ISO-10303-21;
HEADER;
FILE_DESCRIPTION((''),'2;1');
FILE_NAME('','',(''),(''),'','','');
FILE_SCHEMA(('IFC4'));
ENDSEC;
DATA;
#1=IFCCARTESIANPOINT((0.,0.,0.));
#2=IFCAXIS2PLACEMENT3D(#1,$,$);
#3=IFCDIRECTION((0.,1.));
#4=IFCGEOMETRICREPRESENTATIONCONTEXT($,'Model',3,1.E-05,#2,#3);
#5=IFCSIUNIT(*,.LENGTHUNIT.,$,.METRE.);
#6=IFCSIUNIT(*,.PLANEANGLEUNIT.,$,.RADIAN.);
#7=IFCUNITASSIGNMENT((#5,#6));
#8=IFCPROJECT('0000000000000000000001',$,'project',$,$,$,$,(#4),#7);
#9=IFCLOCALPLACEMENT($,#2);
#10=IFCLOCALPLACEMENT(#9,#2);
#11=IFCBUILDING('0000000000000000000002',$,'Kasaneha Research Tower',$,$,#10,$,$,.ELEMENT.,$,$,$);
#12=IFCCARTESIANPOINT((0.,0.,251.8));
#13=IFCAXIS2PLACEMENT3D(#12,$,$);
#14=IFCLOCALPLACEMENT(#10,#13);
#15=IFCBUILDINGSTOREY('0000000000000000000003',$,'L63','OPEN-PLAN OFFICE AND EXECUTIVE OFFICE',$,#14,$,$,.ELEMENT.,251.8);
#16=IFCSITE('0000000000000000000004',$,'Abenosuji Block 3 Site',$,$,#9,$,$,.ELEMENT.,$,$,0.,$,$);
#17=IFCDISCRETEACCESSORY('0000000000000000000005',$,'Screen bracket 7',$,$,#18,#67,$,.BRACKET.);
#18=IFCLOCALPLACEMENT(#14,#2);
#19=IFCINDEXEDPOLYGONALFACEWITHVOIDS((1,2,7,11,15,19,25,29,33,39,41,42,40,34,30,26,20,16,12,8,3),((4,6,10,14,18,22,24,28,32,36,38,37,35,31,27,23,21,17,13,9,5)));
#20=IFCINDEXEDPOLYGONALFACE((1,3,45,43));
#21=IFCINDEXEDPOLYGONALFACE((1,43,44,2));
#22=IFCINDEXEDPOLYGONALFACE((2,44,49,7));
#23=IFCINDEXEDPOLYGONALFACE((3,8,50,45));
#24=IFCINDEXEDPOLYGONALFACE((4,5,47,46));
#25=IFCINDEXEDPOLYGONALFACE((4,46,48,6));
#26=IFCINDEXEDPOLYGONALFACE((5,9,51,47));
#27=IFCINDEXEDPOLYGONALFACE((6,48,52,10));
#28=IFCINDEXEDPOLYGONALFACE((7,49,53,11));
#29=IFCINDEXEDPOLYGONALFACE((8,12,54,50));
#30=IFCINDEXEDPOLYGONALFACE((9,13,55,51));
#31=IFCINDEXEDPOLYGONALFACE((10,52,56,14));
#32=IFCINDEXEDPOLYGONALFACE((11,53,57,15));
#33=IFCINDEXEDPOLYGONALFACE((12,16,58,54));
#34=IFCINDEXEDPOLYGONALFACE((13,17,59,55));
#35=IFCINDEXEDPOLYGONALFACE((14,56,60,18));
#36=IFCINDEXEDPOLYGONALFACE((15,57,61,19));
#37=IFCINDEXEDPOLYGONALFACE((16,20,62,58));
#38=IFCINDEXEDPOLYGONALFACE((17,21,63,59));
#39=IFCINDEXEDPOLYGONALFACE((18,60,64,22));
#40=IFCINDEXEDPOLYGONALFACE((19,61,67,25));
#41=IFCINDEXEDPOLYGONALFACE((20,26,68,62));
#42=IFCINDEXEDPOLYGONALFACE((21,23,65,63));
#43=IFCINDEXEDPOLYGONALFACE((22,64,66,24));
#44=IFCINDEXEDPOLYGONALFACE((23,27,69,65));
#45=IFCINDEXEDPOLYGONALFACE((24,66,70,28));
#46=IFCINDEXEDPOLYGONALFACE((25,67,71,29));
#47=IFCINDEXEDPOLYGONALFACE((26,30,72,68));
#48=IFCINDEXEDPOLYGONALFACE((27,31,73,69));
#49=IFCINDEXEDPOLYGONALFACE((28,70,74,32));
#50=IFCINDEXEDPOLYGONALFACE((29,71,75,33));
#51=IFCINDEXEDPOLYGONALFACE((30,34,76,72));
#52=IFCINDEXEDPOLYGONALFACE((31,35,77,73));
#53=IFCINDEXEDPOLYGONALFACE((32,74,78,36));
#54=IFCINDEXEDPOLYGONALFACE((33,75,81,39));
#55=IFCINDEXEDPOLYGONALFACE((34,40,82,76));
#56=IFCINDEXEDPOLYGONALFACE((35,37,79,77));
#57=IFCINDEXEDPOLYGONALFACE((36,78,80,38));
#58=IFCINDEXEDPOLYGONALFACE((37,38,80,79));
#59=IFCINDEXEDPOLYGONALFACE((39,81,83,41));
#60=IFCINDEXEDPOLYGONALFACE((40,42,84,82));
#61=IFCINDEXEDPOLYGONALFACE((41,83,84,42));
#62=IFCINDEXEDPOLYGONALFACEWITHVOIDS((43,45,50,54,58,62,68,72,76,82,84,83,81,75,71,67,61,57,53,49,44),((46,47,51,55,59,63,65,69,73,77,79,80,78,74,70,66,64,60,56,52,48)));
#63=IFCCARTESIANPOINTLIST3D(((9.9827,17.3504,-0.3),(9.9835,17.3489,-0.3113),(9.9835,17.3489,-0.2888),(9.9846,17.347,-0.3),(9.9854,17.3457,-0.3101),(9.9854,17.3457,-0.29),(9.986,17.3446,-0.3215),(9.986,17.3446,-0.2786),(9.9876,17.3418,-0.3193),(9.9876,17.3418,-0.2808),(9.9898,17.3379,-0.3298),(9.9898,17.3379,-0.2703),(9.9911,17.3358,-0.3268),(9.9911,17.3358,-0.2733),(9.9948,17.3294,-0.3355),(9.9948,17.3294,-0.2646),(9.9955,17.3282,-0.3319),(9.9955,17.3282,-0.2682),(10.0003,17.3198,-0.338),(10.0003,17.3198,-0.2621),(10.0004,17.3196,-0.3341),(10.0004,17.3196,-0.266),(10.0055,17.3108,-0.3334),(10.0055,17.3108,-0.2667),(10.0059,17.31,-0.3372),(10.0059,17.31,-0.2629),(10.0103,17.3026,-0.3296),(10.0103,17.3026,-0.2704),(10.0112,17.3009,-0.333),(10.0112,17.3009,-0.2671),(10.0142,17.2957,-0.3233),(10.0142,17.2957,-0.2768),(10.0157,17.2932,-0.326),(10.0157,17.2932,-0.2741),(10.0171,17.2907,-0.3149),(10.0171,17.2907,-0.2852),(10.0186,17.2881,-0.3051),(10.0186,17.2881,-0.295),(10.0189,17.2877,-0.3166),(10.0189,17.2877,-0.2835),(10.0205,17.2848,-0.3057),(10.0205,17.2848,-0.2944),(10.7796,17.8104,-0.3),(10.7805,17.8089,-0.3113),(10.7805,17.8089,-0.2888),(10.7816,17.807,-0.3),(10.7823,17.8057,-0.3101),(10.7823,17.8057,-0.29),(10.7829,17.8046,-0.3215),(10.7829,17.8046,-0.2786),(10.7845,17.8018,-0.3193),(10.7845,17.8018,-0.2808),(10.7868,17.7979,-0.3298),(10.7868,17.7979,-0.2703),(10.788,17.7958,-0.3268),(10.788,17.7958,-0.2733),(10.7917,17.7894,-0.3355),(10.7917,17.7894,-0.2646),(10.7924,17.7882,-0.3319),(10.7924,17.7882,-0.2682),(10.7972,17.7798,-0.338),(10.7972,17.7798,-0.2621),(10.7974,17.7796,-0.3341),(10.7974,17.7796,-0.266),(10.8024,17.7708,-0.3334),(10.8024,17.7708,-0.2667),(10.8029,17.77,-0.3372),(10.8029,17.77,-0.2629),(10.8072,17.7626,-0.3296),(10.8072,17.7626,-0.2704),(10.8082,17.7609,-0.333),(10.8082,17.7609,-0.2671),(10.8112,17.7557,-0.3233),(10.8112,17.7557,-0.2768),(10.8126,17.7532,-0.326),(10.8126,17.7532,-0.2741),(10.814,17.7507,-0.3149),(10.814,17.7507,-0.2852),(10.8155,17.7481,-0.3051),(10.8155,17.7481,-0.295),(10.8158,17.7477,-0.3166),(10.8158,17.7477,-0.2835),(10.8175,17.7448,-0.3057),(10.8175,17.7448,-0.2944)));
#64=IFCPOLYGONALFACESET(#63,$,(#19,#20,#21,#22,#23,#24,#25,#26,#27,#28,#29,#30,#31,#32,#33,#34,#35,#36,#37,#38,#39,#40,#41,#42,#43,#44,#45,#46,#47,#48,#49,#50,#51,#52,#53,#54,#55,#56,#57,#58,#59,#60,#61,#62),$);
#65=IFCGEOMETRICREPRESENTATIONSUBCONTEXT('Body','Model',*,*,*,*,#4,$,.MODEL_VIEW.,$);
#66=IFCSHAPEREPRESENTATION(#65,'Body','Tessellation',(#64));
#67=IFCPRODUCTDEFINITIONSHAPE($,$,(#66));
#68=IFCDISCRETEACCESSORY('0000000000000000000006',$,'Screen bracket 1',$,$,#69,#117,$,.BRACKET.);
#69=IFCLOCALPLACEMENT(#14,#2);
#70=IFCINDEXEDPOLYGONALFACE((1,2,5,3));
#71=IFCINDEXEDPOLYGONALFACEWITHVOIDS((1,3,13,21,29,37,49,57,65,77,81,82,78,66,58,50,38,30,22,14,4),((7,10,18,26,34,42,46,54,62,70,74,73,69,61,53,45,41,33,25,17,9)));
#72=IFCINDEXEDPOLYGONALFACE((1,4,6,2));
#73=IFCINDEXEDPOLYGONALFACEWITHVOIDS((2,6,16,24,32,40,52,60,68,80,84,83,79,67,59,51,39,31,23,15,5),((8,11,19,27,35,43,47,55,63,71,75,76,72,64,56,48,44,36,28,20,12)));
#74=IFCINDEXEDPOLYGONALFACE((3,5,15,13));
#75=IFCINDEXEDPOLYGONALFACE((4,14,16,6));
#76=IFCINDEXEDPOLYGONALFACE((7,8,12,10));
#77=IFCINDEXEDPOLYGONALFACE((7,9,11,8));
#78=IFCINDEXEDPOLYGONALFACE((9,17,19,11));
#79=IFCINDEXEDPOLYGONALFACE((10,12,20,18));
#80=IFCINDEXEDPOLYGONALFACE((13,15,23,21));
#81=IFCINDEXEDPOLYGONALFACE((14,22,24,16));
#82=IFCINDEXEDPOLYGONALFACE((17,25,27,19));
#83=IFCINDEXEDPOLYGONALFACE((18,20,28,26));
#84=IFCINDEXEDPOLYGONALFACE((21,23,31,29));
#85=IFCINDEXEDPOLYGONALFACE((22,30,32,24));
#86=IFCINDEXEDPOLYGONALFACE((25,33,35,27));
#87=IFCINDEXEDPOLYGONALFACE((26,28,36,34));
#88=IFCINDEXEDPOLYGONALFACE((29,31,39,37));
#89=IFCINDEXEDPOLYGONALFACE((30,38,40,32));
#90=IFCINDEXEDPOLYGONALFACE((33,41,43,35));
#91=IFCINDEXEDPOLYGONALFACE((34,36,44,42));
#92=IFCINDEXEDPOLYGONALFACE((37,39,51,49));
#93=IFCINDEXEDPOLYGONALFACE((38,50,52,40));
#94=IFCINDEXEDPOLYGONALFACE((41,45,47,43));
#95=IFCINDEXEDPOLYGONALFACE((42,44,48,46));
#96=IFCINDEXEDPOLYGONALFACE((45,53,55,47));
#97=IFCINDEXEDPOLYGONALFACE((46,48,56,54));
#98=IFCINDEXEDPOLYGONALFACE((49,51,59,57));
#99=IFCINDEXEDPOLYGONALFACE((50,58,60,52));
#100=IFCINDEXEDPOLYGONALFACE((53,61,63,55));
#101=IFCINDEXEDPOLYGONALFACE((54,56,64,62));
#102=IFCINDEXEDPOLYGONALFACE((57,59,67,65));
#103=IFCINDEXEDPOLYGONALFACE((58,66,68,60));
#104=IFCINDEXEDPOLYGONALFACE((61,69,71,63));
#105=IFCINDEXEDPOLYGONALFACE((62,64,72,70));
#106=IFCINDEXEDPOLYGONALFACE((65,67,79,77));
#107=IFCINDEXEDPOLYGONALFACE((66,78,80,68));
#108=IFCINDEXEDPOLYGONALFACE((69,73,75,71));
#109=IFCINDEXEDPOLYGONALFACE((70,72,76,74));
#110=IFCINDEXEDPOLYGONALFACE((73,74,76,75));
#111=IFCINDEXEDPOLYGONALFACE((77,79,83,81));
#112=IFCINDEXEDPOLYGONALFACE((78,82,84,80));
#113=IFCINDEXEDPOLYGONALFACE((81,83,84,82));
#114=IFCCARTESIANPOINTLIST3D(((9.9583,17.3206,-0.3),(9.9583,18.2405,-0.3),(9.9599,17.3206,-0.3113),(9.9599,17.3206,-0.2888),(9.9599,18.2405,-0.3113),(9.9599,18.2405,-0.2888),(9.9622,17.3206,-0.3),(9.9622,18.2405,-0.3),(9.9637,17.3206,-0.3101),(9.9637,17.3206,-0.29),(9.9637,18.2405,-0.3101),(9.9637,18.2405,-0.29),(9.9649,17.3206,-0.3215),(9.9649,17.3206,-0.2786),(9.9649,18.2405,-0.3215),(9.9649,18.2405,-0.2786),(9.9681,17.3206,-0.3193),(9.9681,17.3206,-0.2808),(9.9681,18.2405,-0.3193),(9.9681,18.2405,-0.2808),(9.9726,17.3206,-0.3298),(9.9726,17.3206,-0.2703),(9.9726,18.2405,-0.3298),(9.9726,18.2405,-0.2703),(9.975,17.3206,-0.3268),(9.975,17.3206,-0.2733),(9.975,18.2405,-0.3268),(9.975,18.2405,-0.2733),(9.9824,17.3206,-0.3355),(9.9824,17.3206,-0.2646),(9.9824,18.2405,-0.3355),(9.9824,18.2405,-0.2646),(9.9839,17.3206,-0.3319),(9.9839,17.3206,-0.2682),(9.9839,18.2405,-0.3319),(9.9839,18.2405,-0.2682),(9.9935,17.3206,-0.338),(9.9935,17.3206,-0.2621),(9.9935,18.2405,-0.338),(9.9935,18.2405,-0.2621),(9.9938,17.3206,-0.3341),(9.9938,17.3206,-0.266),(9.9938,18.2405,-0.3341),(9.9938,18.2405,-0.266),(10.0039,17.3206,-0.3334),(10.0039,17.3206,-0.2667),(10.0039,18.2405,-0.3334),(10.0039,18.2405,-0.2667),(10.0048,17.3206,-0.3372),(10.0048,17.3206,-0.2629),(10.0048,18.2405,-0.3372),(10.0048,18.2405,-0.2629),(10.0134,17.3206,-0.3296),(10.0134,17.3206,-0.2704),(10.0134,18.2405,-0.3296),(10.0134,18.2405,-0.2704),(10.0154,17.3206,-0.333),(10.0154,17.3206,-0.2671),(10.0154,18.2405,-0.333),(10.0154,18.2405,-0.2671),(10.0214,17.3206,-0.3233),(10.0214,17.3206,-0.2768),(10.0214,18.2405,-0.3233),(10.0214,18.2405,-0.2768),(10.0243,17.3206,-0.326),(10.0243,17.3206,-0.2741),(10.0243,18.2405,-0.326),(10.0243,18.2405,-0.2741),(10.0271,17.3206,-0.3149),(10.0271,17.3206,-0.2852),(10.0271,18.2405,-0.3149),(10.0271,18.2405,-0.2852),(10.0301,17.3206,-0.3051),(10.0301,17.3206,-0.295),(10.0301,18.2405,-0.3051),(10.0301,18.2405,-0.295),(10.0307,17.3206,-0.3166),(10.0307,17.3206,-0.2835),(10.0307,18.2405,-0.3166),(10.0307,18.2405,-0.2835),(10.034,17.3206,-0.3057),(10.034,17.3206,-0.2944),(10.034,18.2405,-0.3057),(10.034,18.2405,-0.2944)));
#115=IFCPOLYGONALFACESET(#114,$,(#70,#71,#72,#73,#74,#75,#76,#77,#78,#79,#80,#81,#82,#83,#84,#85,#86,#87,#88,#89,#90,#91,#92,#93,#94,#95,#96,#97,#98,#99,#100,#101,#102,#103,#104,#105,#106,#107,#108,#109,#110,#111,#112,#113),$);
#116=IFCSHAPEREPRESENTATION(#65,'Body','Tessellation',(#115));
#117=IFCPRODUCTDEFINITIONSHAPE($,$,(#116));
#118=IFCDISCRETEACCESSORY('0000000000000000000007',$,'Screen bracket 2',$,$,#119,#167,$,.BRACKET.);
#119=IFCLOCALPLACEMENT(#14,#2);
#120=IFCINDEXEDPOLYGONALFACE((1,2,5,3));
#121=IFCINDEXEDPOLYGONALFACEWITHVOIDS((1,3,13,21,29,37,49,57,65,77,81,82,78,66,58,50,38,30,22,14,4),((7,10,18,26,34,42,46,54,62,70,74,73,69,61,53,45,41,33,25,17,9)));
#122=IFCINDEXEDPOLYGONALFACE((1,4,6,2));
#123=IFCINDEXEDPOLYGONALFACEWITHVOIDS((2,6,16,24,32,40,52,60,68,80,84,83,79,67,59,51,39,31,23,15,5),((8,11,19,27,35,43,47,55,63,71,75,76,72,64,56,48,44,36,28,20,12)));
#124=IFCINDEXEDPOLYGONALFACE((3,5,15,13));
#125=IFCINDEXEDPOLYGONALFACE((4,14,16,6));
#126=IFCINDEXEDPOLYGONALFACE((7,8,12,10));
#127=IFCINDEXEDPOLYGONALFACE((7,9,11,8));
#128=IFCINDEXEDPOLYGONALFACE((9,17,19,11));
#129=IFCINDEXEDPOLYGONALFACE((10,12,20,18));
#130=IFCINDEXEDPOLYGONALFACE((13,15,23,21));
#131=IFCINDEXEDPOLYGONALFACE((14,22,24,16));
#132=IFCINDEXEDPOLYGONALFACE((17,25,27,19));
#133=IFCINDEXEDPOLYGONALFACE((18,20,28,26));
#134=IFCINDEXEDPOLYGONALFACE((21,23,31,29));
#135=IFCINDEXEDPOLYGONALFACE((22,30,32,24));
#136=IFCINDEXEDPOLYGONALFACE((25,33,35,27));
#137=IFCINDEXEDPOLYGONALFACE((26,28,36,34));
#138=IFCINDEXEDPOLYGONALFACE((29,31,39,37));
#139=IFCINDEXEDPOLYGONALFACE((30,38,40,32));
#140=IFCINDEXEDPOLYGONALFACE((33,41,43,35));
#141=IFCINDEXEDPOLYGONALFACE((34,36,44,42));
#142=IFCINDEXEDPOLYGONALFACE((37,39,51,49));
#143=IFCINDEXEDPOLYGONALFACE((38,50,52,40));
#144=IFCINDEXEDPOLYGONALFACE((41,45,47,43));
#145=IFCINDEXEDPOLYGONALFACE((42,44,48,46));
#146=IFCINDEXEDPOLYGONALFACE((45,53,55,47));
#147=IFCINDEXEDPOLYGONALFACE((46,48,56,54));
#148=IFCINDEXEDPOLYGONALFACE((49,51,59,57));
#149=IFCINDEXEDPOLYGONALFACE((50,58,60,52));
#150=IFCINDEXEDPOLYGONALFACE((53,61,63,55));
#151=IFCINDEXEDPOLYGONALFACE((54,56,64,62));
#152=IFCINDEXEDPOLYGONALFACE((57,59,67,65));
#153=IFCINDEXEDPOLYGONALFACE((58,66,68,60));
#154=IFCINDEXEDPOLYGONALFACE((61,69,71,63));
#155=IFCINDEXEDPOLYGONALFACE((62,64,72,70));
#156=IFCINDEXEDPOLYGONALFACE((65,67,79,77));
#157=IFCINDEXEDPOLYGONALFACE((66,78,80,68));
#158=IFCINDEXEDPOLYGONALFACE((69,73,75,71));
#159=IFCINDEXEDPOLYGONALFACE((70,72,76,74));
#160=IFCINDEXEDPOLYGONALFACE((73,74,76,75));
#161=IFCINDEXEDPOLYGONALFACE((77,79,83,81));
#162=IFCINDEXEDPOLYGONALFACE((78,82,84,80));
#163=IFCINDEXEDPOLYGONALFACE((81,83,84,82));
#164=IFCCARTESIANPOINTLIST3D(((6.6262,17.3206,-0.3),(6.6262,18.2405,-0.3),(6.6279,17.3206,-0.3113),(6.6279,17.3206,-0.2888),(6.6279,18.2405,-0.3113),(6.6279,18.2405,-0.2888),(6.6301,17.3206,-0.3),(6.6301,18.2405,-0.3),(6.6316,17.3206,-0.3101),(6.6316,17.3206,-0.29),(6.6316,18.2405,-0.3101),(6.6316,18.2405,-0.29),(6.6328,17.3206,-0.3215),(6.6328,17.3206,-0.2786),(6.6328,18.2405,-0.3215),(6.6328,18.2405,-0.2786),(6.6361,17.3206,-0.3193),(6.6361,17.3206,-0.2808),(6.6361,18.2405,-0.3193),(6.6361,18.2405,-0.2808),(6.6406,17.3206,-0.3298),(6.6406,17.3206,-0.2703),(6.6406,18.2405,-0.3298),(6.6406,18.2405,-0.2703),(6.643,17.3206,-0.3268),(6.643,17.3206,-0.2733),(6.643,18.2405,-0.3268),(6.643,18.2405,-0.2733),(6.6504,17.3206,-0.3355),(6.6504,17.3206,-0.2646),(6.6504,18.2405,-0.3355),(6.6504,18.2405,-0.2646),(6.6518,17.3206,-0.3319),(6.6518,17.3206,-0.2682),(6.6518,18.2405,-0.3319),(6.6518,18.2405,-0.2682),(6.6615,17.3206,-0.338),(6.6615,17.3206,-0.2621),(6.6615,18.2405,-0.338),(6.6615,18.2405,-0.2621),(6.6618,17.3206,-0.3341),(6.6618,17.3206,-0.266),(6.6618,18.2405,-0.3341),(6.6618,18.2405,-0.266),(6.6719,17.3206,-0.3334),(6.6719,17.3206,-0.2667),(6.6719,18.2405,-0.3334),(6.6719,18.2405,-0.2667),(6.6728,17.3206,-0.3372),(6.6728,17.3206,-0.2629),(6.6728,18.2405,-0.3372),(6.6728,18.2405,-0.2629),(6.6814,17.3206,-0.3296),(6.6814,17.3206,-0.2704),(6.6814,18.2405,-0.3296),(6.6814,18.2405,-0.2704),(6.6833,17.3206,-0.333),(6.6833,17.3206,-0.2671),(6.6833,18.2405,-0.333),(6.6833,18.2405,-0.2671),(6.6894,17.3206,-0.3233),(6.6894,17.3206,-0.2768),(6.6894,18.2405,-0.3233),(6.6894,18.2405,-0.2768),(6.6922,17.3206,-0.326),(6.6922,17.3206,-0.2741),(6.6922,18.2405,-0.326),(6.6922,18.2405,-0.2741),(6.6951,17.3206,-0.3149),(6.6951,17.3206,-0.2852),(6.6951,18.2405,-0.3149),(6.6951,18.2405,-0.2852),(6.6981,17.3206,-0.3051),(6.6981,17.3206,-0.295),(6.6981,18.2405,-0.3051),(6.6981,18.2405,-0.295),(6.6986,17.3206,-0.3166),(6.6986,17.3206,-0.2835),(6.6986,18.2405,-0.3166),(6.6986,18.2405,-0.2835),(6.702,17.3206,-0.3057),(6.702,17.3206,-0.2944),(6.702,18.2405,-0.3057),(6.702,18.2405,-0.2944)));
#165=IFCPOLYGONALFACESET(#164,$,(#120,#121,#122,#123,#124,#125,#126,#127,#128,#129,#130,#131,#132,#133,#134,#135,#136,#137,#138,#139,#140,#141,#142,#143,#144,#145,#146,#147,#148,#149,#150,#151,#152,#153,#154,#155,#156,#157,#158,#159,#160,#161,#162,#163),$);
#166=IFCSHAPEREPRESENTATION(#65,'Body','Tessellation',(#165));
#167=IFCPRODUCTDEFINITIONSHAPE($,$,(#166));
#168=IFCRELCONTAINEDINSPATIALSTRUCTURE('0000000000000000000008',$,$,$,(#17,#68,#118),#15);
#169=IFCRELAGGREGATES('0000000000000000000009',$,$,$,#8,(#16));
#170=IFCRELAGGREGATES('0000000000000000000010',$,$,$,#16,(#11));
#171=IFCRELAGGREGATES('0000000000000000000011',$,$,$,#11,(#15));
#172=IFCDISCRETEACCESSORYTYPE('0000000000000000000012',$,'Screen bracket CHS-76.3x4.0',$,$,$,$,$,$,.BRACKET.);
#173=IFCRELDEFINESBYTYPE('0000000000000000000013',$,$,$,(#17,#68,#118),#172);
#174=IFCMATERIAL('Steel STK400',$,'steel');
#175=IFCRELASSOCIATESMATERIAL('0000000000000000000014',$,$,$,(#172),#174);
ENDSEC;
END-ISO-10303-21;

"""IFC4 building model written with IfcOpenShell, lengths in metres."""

from ifc_helpers import new_model, si_unit, direction, frame, origin, origin_2d, place, context, subcontext, project, spatial, hollow_circle, extrude, material, material_profile, profile_set, type_object, element, save


model = new_model("IFC4")

# Units and contexts
model_context = context("Model", 3, precision=1e-05, world=origin(), true_north=direction((0.0, 1.0)))
body_context = subcontext(model_context, "Body", "Model", "MODEL_VIEW")
ifc_project = project(units=[si_unit("LENGTHUNIT", "METRE"), si_unit("PLANEANGLEUNIT", "RADIAN")], contexts=[model_context])

# Site, building, storey
site_placement = place(None, origin())
site = spatial("IfcSite", under=ifc_project, at=site_placement, Name="Abenosuji Block 3 Site", CompositionType="ELEMENT", RefElevation=0.0)
building_placement = place(site_placement, origin())
building = spatial("IfcBuilding", under=site, at=building_placement, Name="Kasaneha Research Tower", CompositionType="ELEMENT")
storey_placement = place(building_placement, frame((0.0, 0.0, 251.8)))
storey = spatial("IfcBuildingStorey", under=building, at=storey_placement, Name="L63", Description="OPEN-PLAN OFFICE AND EXECUTIVE OFFICE", CompositionType="ELEMENT", Elevation=251.8)

# Discrete accessories
ifc_material_1 = material(Name="Steel STK400", Category="steel")
ifc_material_profile_1 = material_profile(ifc_material_1, hollow_circle(Radius=0.0381, WallThickness=0.0039, at=origin_2d()), Name="CHS-76.3x4.0")
ifc_profile_set_1 = profile_set([ifc_material_profile_1], Name="Steel STK400")
discrete_accessory_type = type_object("IfcDiscreteAccessoryType", Name="Screen bracket CHS-76.3x4.0", PredefinedType="BRACKET", material=ifc_profile_set_1)
for number, where, z_axis, x_axis, name in (
    (1, (10.0017, 17.3174, -0.3), (0.86608, 0.499906, 0.0), (-0.499906, 0.86608, 0.0), "Screen bracket 7"),
):
    element("IfcDiscreteAccessory", number, at=place(storey_placement, frame(where, z_axis=z_axis, x_axis=x_axis)), inside=storey, type_object=discrete_accessory_type, Name=name, PredefinedType="BRACKET", context=body_context, shape_type="SweptSolid", body=[
        extrude(hollow_circle(Radius=0.0381, WallThickness=0.0039, at=origin_2d()), origin(), (0.0, 0.0, 1.0), 0.9202),
    ])
for number, where, z_axis, x_axis, name in (
    (2, (9.9963, 17.3206, -0.3), (0.0, 1.0, 0.0), (-1.0, 0.0, 0.0), "Screen bracket 1"),
    (3, (6.6643, 17.3206, -0.3), (0.0, 1.0, 0.0), (-1.0, 0.0, 0.0), "Screen bracket 2"),
):
    element("IfcDiscreteAccessory", number, at=place(storey_placement, frame(where, z_axis=z_axis, x_axis=x_axis)), inside=storey, type_object=discrete_accessory_type, Name=name, PredefinedType="BRACKET", context=body_context, shape_type="SweptSolid", body=[
        extrude(hollow_circle(Radius=0.0381, WallThickness=0.0039, at=origin_2d()), origin(), (0.0, 0.0, 1.0), 0.9199),
    ])

save(model, "model.ifc")
